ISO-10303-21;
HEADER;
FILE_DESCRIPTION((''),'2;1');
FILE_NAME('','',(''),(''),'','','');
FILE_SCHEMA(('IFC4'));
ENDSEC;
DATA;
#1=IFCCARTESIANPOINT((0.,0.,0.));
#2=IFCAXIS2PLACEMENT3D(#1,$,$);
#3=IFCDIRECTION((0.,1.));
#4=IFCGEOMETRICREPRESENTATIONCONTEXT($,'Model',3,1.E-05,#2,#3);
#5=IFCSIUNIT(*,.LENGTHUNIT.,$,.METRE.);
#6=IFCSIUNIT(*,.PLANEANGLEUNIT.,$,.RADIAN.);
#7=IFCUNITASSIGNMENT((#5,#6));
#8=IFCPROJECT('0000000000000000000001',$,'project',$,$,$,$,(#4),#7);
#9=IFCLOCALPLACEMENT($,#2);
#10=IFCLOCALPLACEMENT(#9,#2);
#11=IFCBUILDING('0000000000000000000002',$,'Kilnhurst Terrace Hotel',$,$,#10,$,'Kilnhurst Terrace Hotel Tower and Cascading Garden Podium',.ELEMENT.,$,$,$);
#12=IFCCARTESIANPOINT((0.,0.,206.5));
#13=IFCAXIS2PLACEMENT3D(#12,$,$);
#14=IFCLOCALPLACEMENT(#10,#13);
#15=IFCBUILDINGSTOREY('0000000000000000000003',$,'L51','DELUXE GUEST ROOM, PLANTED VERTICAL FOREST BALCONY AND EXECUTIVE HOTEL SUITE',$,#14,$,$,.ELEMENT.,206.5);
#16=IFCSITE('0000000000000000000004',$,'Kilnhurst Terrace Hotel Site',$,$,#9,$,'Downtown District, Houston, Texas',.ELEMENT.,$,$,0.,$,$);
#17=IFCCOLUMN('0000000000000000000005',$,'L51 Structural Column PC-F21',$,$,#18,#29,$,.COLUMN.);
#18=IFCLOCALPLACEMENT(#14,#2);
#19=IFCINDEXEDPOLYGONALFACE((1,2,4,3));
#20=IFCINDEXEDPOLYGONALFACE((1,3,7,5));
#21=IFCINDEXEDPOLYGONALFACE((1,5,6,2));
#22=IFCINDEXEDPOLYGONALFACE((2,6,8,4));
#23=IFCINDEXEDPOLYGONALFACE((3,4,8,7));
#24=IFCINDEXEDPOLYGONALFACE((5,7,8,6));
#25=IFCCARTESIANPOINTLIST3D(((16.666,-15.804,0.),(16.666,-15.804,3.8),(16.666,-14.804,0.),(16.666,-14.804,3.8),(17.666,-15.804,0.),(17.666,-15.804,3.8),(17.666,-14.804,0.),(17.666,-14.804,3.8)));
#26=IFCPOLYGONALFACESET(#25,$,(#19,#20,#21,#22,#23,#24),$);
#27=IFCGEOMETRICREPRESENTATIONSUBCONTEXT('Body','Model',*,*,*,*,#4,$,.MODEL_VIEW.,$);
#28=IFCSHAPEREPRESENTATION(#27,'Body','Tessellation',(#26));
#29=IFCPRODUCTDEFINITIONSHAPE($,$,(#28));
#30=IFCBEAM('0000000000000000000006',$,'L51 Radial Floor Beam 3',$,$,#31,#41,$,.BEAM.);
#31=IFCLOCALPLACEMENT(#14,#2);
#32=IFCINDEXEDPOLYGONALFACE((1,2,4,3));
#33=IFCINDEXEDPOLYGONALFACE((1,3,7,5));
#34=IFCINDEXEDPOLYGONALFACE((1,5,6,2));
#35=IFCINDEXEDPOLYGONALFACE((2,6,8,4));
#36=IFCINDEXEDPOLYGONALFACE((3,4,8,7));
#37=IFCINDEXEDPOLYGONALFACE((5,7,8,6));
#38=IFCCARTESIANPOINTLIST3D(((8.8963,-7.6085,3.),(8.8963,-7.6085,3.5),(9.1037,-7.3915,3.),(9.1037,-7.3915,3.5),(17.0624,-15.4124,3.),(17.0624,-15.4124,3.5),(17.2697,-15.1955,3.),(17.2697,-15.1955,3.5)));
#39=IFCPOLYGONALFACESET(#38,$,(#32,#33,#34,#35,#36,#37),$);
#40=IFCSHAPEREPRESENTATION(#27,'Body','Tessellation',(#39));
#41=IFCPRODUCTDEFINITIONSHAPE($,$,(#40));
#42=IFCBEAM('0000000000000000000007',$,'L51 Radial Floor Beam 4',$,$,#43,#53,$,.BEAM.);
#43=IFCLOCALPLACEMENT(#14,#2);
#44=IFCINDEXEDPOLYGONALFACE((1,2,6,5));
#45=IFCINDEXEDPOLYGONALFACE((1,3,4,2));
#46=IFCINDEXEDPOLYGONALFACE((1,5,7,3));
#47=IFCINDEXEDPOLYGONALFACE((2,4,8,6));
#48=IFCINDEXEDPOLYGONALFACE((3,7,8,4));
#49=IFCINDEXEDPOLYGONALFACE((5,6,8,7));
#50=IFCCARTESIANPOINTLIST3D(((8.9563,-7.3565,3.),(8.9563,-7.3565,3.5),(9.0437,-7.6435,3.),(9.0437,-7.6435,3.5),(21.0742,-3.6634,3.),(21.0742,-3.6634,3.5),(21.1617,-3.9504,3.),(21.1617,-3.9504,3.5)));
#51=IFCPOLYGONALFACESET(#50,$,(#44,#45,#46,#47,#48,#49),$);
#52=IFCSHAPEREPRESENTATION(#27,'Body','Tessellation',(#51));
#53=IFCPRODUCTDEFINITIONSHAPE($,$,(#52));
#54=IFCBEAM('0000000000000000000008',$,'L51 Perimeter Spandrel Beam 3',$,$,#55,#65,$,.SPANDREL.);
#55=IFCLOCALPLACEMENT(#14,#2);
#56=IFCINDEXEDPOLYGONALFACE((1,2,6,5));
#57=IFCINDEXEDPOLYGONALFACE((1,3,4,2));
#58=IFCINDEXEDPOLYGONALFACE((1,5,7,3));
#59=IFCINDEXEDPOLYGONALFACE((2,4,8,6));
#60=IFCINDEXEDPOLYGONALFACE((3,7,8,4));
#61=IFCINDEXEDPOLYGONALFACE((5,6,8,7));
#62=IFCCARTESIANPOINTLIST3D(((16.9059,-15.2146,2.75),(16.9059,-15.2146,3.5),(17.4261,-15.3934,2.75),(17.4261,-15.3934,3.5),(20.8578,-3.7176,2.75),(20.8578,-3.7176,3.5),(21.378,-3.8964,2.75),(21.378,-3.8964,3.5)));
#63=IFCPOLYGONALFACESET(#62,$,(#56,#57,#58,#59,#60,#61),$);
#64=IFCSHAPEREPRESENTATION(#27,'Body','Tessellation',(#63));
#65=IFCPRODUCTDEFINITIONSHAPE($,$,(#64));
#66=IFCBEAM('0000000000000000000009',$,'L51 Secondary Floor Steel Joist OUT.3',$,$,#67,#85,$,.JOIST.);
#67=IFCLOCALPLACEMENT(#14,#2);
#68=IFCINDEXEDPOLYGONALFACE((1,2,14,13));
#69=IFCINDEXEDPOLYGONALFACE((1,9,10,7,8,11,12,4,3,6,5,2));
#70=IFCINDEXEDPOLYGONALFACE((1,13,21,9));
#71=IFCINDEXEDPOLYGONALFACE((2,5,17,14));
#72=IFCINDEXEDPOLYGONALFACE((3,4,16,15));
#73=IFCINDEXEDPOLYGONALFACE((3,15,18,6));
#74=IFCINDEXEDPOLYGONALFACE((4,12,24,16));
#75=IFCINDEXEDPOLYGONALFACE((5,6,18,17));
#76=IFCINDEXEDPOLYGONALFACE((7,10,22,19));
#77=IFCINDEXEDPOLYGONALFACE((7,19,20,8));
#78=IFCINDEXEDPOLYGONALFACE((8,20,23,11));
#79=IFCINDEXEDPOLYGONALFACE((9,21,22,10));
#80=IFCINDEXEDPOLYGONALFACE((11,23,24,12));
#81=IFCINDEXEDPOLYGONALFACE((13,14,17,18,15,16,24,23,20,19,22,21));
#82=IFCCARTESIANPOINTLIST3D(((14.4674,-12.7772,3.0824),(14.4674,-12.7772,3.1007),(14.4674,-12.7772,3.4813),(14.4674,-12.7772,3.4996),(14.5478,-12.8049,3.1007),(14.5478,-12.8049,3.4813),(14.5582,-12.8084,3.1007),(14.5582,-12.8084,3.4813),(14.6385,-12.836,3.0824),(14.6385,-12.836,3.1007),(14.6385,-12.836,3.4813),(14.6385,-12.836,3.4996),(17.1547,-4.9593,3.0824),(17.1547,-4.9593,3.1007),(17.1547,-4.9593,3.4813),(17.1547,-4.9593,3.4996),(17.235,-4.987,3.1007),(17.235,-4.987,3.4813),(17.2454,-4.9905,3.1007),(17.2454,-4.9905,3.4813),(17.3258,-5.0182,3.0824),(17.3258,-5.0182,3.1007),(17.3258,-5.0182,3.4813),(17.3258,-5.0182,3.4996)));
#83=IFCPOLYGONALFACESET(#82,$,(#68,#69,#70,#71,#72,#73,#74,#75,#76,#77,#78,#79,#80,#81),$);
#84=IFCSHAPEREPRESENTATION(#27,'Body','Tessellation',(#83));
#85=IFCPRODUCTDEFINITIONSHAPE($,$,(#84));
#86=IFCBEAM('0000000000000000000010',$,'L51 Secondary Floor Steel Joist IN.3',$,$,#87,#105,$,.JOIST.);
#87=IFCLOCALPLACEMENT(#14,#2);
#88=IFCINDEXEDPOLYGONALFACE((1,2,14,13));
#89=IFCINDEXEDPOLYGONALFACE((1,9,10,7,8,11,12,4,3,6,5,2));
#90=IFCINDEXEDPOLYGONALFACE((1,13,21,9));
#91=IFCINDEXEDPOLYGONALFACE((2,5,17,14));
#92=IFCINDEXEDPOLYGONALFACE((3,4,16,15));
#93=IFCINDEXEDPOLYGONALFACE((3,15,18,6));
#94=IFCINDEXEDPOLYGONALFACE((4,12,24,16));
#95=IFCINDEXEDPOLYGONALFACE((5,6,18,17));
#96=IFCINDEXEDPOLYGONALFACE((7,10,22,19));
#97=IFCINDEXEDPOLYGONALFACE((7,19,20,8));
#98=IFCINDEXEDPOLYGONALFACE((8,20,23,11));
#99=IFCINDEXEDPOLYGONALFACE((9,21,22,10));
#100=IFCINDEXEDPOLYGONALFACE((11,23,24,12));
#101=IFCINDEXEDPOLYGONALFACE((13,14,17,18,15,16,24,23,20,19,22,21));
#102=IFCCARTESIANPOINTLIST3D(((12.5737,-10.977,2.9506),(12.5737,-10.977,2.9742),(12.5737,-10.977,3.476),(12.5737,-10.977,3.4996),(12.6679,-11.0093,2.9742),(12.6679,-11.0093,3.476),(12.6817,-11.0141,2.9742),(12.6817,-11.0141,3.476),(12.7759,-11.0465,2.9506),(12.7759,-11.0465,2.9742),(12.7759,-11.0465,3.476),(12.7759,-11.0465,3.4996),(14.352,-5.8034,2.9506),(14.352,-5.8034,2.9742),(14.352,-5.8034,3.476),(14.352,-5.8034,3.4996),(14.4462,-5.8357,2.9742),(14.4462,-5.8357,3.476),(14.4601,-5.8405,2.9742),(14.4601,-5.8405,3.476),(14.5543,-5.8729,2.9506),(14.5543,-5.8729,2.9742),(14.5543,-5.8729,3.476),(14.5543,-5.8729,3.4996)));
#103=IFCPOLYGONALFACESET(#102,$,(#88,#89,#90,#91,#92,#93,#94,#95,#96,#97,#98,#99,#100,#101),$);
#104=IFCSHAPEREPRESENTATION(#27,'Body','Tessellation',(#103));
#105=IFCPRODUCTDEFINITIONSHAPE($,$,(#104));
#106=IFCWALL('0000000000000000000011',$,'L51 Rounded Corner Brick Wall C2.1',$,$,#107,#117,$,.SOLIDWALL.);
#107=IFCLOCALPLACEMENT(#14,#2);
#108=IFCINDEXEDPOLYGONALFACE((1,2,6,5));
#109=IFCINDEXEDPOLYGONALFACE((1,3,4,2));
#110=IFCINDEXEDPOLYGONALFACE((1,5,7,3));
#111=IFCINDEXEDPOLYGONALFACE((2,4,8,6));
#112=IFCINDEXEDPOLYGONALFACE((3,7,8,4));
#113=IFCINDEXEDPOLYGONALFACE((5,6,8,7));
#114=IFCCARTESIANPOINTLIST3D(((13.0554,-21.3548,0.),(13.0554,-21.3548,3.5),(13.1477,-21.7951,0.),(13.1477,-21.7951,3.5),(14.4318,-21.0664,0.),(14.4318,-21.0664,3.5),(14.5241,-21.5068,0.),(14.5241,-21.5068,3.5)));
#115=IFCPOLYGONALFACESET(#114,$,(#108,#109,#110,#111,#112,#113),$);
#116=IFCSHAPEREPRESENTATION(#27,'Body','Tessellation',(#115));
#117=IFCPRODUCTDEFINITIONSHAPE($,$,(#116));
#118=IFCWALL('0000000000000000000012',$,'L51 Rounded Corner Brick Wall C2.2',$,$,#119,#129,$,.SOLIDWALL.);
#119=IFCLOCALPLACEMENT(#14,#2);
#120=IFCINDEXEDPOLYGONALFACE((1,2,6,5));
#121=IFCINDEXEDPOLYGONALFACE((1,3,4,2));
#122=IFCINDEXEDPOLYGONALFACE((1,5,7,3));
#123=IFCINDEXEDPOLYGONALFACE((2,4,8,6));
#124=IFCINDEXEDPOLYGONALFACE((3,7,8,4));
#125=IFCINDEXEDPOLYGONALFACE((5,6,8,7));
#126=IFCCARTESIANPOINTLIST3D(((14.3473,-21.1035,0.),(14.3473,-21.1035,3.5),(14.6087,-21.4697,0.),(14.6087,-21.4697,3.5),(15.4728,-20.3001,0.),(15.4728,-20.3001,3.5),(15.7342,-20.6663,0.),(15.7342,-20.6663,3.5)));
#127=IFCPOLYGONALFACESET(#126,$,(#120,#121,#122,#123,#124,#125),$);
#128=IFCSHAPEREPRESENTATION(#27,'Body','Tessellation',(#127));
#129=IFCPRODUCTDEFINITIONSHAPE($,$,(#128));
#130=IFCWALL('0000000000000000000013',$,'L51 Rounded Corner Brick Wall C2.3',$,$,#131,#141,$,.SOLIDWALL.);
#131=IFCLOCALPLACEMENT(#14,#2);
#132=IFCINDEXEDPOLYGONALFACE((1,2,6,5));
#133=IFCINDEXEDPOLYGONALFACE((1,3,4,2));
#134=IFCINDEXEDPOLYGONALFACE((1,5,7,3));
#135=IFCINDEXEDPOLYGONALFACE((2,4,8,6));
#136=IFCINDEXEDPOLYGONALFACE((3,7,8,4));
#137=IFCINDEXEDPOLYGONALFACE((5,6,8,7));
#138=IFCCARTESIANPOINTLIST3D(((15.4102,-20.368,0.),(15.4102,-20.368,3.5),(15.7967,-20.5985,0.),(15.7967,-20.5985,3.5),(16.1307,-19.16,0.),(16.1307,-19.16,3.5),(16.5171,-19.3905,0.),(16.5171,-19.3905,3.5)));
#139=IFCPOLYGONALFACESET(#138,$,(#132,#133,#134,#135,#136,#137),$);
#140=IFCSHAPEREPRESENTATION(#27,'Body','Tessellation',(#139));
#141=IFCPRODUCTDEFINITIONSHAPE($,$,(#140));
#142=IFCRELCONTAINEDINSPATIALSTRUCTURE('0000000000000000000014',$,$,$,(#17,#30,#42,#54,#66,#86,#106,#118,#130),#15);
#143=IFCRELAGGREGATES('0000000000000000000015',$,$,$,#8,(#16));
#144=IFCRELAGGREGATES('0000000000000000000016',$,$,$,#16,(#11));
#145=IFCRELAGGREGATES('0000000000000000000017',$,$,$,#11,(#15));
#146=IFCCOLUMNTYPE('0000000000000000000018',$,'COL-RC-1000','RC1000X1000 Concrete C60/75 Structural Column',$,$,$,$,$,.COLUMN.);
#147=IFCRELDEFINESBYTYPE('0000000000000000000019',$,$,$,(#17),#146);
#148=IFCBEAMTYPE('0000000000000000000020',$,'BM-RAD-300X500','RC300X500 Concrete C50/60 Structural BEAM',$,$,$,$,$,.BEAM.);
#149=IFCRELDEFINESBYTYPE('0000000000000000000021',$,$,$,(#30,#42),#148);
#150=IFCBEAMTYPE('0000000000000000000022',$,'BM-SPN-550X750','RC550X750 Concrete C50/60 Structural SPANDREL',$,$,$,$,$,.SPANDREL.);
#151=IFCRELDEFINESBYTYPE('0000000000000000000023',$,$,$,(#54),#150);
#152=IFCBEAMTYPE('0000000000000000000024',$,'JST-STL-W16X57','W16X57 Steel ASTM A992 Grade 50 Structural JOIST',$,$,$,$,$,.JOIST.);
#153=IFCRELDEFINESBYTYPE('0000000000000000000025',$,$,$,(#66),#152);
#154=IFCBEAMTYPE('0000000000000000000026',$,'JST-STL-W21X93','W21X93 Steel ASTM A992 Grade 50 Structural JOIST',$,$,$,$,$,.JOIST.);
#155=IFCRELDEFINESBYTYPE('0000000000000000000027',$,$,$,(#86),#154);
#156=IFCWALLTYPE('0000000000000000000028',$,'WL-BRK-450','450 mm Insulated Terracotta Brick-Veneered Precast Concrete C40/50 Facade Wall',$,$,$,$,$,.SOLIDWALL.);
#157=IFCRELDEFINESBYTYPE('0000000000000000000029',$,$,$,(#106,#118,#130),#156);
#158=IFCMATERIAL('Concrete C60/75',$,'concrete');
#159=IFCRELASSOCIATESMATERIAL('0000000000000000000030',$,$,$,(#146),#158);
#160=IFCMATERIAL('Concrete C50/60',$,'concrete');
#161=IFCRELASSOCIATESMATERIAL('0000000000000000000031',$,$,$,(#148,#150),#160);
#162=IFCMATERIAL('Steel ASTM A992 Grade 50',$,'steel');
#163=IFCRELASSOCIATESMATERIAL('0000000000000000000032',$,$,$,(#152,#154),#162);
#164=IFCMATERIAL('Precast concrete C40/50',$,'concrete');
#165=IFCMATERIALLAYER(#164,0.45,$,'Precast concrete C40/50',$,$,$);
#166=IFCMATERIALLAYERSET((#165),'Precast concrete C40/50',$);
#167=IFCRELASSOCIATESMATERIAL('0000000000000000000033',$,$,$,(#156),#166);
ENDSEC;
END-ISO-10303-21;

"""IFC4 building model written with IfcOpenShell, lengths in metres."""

from ifc_helpers import new_model, si_unit, direction, frame, frame_2d, origin, origin_2d, place, context, subcontext, project, spatial, rectangle, i_section, extrude, material, layer, layer_set, material_profile, profile_set, type_object, element, save


model = new_model("IFC4")

# Units and contexts
model_context = context("Model", 3, precision=1e-05, world=origin(), true_north=direction((0.0, 1.0)))
body_context = subcontext(model_context, "Body", "Model", "MODEL_VIEW")
ifc_project = project(units=[si_unit("LENGTHUNIT", "METRE"), si_unit("PLANEANGLEUNIT", "RADIAN")], contexts=[model_context])

# Site, building, storey
site_placement = place(None, origin())
site = spatial("IfcSite", under=ifc_project, at=site_placement, Name="Kilnhurst Terrace Hotel Site", LongName="Downtown District, Houston, Texas", CompositionType="ELEMENT", RefElevation=0.0)
building_placement = place(site_placement, origin())
building = spatial("IfcBuilding", under=site, at=building_placement, Name="Kilnhurst Terrace Hotel", LongName="Kilnhurst Terrace Hotel Tower and Cascading Garden Podium", CompositionType="ELEMENT")
storey_placement = place(building_placement, frame((0.0, 0.0, 206.5)))
storey = spatial("IfcBuildingStorey", under=building, at=storey_placement, Name="L51", Description="DELUXE GUEST ROOM, PLANTED VERTICAL FOREST BALCONY AND EXECUTIVE HOTEL SUITE", CompositionType="ELEMENT", Elevation=206.5)

# Column
ifc_material_1 = material(Name="Concrete C60/75", Category="concrete")
ifc_material_profile_1 = material_profile(ifc_material_1, rectangle(XDim=1.0, YDim=1.0, at=origin_2d()), Name="RC1000X1000")
ifc_profile_set_1 = profile_set([ifc_material_profile_1], Name="Concrete C60/75")
column_type = type_object("IfcColumnType", Name="COL-RC-1000", Description="RC1000X1000 Concrete C60/75 Structural Column", PredefinedType="COLUMN", material=ifc_profile_set_1)
column_placement = place(storey_placement, frame((17.166, -15.304, 0.0), z_axis=(0.0, 0.0, 1.0), x_axis=(1.0, 0.0, 0.0)))
element("IfcColumn", 1, at=column_placement, inside=storey, type_object=column_type, Name="L51 Structural Column PC-F21", PredefinedType="COLUMN", context=body_context, shape_type="SweptSolid", body=[
    extrude(rectangle(XDim=1.0, YDim=1.0, at=origin_2d()), origin(), (0.0, 0.0, 1.0), 3.8),
])

# Beams
ifc_material_2 = material(Name="Concrete C50/60", Category="concrete")
ifc_material_profile_2 = material_profile(ifc_material_2, rectangle(XDim=0.3, YDim=0.5, at=origin_2d()), Name="RC300X500")
ifc_profile_set_2 = profile_set([ifc_material_profile_2], Name="Concrete C50/60")
beam_type_1 = type_object("IfcBeamType", Name="BM-RAD-300X500", Description="RC300X500 Concrete C50/60 Structural BEAM", PredefinedType="BEAM", material=ifc_profile_set_2)
beam_1_placement = place(storey_placement, frame((9.0, -7.5, 3.25), z_axis=(0.722952, -0.690898, 0.0), x_axis=(0.690898, 0.722952, 0.0)))
element("IfcBeam", 2, at=beam_1_placement, inside=storey, type_object=beam_type_1, Name="L51 Radial Floor Beam 3", PredefinedType="BEAM", context=body_context, shape_type="SweptSolid", body=[
    extrude(rectangle(XDim=0.3, YDim=0.5, at=origin_2d()), origin(), (0.0, 0.0, 1.0), 11.2954),
])
beam_2_placement = place(storey_placement, frame((9.0, -7.5, 3.25), z_axis=(0.956563, 0.291527, 0.0), x_axis=(-0.291527, 0.956563, 0.0)))
element("IfcBeam", 3, at=beam_2_placement, inside=storey, type_object=beam_type_1, Name="L51 Radial Floor Beam 4", PredefinedType="BEAM", context=body_context, shape_type="SweptSolid", body=[
    extrude(rectangle(XDim=0.3, YDim=0.5, at=origin_2d()), origin(), (0.0, 0.0, 1.0), 12.6682),
])
ifc_material_profile_3 = material_profile(ifc_material_2, rectangle(XDim=0.55, YDim=0.75, at=origin_2d()), Name="RC550X750")
ifc_profile_set_3 = profile_set([ifc_material_profile_3], Name="Concrete C50/60")
beam_type_2 = type_object("IfcBeamType", Name="BM-SPN-550X750", Description="RC550X750 Concrete C50/60 Structural SPANDREL", PredefinedType="SPANDREL", material=ifc_profile_set_3)
beam_3_placement = place(storey_placement, frame((17.166, -15.304, 3.125), z_axis=(0.325064, 0.945692, 0.0), x_axis=(-0.945692, 0.325064, 0.0)))
element("IfcBeam", 4, at=beam_3_placement, inside=storey, type_object=beam_type_2, Name="L51 Perimeter Spandrel Beam 3", PredefinedType="SPANDREL", context=body_context, shape_type="SweptSolid", body=[
    extrude(rectangle(XDim=0.55, YDim=0.75, at=origin_2d()), origin(), (0.0, 0.0, 1.0), 12.1572),
])
ifc_material_3 = material(Name="Steel ASTM A992 Grade 50", Category="steel")
ifc_material_profile_4 = material_profile(ifc_material_3, i_section(OverallWidth=0.1809, OverallDepth=0.4172, WebThickness=0.011, FlangeThickness=0.0183, at=origin_2d()), Name="W16X57")
ifc_profile_set_4 = profile_set([ifc_material_profile_4], Name="Steel ASTM A992 Grade 50")
beam_type_3 = type_object("IfcBeamType", Name="JST-STL-W16X57", Description="W16X57 Steel ASTM A992 Grade 50 Structural JOIST", PredefinedType="JOIST", material=ifc_profile_set_4)
beam_4_placement = place(storey_placement, frame((14.553, -12.8066, 3.291), z_axis=(0.325065, 0.945692, 0.0), x_axis=(-0.945692, 0.325065, 0.0)))
element("IfcBeam", 5, at=beam_4_placement, inside=storey, type_object=beam_type_3, Name="L51 Secondary Floor Steel Joist OUT.3", PredefinedType="JOIST", context=body_context, shape_type="SweptSolid", body=[
    extrude(i_section(OverallWidth=0.1809, OverallDepth=0.4172, WebThickness=0.011, FlangeThickness=0.0183, at=origin_2d()), origin(), (0.0, 0.0, 1.0), 8.2668),
])
ifc_material_profile_5 = material_profile(ifc_material_3, i_section(OverallWidth=0.2139, OverallDepth=0.5491, WebThickness=0.0146, FlangeThickness=0.0237, at=origin_2d()), Name="W21X93")
ifc_profile_set_5 = profile_set([ifc_material_profile_5], Name="Steel ASTM A992 Grade 50")
beam_type_4 = type_object("IfcBeamType", Name="JST-STL-W21X93", Description="W21X93 Steel ASTM A992 Grade 50 Structural JOIST", PredefinedType="JOIST", material=ifc_profile_set_5)
beam_5_placement = place(storey_placement, frame((12.6748, -11.0117, 3.2251), z_axis=(0.325064, 0.945692, 0.0), x_axis=(-0.945692, 0.325064, 0.0)))
element("IfcBeam", 6, at=beam_5_placement, inside=storey, type_object=beam_type_4, Name="L51 Secondary Floor Steel Joist IN.3", PredefinedType="JOIST", context=body_context, shape_type="SweptSolid", body=[
    extrude(i_section(OverallWidth=0.2139, OverallDepth=0.5491, WebThickness=0.0146, FlangeThickness=0.0237, at=origin_2d()), origin(), (0.0, 0.0, 1.0), 5.4707),
])

# Walls
ifc_material_4 = material(Name="Precast concrete C40/50", Category="concrete")
ifc_layer_1 = layer(ifc_material_4, 0.45, Name="Precast concrete C40/50")
ifc_layer_set_1 = layer_set([ifc_layer_1], Name="Precast concrete C40/50")
wall_type_1 = type_object("IfcWallType", Name="WL-BRK-450", Description="450 mm Insulated Terracotta Brick-Veneered Precast Concrete C40/50 Facade Wall", PredefinedType="SOLIDWALL", material=ifc_layer_set_1)
wall_1_placement = place(storey_placement, frame((13.1016, -21.575, 0.0), z_axis=(0.0, 0.0, 1.0), x_axis=(0.978757, 0.205022, 0.0)))
element("IfcWall", 7, at=wall_1_placement, inside=storey, type_object=wall_type_1, Name="L51 Rounded Corner Brick Wall C2.1", PredefinedType="SOLIDWALL", context=body_context, shape_type="SweptSolid", body=[
    extrude(rectangle(XDim=1.4062, YDim=0.45, at=frame_2d((0.7031, 0.0))), origin(), (0.0, 0.0, 1.0), 3.5),
])
wall_2_placement = place(storey_placement, frame((14.478, -21.2866, 0.0), z_axis=(0.0, 0.0, 1.0), x_axis=(0.813889, 0.581021, 0.0)))
element("IfcWall", 8, at=wall_2_placement, inside=storey, type_object=wall_type_1, Name="L51 Rounded Corner Brick Wall C2.2", PredefinedType="SOLIDWALL", context=body_context, shape_type="SweptSolid", body=[
    extrude(rectangle(XDim=1.3828, YDim=0.45, at=frame_2d((0.6914, 0.0))), origin(), (0.0, 0.0, 1.0), 3.5),
])
wall_3_placement = place(storey_placement, frame((15.6035, -20.4832, 0.0), z_axis=(0.0, 0.0, 1.0), x_axis=(0.512222, 0.858853, 0.0)))
element("IfcWall", 9, at=wall_3_placement, inside=storey, type_object=wall_type_1, Name="L51 Rounded Corner Brick Wall C2.3", PredefinedType="SOLIDWALL", context=body_context, shape_type="SweptSolid", body=[
    extrude(rectangle(XDim=1.4065, YDim=0.45, at=frame_2d((0.7031, 0.0))), origin(), (0.0, 0.0, 1.0), 3.5),
])

save(model, "model.ifc")
